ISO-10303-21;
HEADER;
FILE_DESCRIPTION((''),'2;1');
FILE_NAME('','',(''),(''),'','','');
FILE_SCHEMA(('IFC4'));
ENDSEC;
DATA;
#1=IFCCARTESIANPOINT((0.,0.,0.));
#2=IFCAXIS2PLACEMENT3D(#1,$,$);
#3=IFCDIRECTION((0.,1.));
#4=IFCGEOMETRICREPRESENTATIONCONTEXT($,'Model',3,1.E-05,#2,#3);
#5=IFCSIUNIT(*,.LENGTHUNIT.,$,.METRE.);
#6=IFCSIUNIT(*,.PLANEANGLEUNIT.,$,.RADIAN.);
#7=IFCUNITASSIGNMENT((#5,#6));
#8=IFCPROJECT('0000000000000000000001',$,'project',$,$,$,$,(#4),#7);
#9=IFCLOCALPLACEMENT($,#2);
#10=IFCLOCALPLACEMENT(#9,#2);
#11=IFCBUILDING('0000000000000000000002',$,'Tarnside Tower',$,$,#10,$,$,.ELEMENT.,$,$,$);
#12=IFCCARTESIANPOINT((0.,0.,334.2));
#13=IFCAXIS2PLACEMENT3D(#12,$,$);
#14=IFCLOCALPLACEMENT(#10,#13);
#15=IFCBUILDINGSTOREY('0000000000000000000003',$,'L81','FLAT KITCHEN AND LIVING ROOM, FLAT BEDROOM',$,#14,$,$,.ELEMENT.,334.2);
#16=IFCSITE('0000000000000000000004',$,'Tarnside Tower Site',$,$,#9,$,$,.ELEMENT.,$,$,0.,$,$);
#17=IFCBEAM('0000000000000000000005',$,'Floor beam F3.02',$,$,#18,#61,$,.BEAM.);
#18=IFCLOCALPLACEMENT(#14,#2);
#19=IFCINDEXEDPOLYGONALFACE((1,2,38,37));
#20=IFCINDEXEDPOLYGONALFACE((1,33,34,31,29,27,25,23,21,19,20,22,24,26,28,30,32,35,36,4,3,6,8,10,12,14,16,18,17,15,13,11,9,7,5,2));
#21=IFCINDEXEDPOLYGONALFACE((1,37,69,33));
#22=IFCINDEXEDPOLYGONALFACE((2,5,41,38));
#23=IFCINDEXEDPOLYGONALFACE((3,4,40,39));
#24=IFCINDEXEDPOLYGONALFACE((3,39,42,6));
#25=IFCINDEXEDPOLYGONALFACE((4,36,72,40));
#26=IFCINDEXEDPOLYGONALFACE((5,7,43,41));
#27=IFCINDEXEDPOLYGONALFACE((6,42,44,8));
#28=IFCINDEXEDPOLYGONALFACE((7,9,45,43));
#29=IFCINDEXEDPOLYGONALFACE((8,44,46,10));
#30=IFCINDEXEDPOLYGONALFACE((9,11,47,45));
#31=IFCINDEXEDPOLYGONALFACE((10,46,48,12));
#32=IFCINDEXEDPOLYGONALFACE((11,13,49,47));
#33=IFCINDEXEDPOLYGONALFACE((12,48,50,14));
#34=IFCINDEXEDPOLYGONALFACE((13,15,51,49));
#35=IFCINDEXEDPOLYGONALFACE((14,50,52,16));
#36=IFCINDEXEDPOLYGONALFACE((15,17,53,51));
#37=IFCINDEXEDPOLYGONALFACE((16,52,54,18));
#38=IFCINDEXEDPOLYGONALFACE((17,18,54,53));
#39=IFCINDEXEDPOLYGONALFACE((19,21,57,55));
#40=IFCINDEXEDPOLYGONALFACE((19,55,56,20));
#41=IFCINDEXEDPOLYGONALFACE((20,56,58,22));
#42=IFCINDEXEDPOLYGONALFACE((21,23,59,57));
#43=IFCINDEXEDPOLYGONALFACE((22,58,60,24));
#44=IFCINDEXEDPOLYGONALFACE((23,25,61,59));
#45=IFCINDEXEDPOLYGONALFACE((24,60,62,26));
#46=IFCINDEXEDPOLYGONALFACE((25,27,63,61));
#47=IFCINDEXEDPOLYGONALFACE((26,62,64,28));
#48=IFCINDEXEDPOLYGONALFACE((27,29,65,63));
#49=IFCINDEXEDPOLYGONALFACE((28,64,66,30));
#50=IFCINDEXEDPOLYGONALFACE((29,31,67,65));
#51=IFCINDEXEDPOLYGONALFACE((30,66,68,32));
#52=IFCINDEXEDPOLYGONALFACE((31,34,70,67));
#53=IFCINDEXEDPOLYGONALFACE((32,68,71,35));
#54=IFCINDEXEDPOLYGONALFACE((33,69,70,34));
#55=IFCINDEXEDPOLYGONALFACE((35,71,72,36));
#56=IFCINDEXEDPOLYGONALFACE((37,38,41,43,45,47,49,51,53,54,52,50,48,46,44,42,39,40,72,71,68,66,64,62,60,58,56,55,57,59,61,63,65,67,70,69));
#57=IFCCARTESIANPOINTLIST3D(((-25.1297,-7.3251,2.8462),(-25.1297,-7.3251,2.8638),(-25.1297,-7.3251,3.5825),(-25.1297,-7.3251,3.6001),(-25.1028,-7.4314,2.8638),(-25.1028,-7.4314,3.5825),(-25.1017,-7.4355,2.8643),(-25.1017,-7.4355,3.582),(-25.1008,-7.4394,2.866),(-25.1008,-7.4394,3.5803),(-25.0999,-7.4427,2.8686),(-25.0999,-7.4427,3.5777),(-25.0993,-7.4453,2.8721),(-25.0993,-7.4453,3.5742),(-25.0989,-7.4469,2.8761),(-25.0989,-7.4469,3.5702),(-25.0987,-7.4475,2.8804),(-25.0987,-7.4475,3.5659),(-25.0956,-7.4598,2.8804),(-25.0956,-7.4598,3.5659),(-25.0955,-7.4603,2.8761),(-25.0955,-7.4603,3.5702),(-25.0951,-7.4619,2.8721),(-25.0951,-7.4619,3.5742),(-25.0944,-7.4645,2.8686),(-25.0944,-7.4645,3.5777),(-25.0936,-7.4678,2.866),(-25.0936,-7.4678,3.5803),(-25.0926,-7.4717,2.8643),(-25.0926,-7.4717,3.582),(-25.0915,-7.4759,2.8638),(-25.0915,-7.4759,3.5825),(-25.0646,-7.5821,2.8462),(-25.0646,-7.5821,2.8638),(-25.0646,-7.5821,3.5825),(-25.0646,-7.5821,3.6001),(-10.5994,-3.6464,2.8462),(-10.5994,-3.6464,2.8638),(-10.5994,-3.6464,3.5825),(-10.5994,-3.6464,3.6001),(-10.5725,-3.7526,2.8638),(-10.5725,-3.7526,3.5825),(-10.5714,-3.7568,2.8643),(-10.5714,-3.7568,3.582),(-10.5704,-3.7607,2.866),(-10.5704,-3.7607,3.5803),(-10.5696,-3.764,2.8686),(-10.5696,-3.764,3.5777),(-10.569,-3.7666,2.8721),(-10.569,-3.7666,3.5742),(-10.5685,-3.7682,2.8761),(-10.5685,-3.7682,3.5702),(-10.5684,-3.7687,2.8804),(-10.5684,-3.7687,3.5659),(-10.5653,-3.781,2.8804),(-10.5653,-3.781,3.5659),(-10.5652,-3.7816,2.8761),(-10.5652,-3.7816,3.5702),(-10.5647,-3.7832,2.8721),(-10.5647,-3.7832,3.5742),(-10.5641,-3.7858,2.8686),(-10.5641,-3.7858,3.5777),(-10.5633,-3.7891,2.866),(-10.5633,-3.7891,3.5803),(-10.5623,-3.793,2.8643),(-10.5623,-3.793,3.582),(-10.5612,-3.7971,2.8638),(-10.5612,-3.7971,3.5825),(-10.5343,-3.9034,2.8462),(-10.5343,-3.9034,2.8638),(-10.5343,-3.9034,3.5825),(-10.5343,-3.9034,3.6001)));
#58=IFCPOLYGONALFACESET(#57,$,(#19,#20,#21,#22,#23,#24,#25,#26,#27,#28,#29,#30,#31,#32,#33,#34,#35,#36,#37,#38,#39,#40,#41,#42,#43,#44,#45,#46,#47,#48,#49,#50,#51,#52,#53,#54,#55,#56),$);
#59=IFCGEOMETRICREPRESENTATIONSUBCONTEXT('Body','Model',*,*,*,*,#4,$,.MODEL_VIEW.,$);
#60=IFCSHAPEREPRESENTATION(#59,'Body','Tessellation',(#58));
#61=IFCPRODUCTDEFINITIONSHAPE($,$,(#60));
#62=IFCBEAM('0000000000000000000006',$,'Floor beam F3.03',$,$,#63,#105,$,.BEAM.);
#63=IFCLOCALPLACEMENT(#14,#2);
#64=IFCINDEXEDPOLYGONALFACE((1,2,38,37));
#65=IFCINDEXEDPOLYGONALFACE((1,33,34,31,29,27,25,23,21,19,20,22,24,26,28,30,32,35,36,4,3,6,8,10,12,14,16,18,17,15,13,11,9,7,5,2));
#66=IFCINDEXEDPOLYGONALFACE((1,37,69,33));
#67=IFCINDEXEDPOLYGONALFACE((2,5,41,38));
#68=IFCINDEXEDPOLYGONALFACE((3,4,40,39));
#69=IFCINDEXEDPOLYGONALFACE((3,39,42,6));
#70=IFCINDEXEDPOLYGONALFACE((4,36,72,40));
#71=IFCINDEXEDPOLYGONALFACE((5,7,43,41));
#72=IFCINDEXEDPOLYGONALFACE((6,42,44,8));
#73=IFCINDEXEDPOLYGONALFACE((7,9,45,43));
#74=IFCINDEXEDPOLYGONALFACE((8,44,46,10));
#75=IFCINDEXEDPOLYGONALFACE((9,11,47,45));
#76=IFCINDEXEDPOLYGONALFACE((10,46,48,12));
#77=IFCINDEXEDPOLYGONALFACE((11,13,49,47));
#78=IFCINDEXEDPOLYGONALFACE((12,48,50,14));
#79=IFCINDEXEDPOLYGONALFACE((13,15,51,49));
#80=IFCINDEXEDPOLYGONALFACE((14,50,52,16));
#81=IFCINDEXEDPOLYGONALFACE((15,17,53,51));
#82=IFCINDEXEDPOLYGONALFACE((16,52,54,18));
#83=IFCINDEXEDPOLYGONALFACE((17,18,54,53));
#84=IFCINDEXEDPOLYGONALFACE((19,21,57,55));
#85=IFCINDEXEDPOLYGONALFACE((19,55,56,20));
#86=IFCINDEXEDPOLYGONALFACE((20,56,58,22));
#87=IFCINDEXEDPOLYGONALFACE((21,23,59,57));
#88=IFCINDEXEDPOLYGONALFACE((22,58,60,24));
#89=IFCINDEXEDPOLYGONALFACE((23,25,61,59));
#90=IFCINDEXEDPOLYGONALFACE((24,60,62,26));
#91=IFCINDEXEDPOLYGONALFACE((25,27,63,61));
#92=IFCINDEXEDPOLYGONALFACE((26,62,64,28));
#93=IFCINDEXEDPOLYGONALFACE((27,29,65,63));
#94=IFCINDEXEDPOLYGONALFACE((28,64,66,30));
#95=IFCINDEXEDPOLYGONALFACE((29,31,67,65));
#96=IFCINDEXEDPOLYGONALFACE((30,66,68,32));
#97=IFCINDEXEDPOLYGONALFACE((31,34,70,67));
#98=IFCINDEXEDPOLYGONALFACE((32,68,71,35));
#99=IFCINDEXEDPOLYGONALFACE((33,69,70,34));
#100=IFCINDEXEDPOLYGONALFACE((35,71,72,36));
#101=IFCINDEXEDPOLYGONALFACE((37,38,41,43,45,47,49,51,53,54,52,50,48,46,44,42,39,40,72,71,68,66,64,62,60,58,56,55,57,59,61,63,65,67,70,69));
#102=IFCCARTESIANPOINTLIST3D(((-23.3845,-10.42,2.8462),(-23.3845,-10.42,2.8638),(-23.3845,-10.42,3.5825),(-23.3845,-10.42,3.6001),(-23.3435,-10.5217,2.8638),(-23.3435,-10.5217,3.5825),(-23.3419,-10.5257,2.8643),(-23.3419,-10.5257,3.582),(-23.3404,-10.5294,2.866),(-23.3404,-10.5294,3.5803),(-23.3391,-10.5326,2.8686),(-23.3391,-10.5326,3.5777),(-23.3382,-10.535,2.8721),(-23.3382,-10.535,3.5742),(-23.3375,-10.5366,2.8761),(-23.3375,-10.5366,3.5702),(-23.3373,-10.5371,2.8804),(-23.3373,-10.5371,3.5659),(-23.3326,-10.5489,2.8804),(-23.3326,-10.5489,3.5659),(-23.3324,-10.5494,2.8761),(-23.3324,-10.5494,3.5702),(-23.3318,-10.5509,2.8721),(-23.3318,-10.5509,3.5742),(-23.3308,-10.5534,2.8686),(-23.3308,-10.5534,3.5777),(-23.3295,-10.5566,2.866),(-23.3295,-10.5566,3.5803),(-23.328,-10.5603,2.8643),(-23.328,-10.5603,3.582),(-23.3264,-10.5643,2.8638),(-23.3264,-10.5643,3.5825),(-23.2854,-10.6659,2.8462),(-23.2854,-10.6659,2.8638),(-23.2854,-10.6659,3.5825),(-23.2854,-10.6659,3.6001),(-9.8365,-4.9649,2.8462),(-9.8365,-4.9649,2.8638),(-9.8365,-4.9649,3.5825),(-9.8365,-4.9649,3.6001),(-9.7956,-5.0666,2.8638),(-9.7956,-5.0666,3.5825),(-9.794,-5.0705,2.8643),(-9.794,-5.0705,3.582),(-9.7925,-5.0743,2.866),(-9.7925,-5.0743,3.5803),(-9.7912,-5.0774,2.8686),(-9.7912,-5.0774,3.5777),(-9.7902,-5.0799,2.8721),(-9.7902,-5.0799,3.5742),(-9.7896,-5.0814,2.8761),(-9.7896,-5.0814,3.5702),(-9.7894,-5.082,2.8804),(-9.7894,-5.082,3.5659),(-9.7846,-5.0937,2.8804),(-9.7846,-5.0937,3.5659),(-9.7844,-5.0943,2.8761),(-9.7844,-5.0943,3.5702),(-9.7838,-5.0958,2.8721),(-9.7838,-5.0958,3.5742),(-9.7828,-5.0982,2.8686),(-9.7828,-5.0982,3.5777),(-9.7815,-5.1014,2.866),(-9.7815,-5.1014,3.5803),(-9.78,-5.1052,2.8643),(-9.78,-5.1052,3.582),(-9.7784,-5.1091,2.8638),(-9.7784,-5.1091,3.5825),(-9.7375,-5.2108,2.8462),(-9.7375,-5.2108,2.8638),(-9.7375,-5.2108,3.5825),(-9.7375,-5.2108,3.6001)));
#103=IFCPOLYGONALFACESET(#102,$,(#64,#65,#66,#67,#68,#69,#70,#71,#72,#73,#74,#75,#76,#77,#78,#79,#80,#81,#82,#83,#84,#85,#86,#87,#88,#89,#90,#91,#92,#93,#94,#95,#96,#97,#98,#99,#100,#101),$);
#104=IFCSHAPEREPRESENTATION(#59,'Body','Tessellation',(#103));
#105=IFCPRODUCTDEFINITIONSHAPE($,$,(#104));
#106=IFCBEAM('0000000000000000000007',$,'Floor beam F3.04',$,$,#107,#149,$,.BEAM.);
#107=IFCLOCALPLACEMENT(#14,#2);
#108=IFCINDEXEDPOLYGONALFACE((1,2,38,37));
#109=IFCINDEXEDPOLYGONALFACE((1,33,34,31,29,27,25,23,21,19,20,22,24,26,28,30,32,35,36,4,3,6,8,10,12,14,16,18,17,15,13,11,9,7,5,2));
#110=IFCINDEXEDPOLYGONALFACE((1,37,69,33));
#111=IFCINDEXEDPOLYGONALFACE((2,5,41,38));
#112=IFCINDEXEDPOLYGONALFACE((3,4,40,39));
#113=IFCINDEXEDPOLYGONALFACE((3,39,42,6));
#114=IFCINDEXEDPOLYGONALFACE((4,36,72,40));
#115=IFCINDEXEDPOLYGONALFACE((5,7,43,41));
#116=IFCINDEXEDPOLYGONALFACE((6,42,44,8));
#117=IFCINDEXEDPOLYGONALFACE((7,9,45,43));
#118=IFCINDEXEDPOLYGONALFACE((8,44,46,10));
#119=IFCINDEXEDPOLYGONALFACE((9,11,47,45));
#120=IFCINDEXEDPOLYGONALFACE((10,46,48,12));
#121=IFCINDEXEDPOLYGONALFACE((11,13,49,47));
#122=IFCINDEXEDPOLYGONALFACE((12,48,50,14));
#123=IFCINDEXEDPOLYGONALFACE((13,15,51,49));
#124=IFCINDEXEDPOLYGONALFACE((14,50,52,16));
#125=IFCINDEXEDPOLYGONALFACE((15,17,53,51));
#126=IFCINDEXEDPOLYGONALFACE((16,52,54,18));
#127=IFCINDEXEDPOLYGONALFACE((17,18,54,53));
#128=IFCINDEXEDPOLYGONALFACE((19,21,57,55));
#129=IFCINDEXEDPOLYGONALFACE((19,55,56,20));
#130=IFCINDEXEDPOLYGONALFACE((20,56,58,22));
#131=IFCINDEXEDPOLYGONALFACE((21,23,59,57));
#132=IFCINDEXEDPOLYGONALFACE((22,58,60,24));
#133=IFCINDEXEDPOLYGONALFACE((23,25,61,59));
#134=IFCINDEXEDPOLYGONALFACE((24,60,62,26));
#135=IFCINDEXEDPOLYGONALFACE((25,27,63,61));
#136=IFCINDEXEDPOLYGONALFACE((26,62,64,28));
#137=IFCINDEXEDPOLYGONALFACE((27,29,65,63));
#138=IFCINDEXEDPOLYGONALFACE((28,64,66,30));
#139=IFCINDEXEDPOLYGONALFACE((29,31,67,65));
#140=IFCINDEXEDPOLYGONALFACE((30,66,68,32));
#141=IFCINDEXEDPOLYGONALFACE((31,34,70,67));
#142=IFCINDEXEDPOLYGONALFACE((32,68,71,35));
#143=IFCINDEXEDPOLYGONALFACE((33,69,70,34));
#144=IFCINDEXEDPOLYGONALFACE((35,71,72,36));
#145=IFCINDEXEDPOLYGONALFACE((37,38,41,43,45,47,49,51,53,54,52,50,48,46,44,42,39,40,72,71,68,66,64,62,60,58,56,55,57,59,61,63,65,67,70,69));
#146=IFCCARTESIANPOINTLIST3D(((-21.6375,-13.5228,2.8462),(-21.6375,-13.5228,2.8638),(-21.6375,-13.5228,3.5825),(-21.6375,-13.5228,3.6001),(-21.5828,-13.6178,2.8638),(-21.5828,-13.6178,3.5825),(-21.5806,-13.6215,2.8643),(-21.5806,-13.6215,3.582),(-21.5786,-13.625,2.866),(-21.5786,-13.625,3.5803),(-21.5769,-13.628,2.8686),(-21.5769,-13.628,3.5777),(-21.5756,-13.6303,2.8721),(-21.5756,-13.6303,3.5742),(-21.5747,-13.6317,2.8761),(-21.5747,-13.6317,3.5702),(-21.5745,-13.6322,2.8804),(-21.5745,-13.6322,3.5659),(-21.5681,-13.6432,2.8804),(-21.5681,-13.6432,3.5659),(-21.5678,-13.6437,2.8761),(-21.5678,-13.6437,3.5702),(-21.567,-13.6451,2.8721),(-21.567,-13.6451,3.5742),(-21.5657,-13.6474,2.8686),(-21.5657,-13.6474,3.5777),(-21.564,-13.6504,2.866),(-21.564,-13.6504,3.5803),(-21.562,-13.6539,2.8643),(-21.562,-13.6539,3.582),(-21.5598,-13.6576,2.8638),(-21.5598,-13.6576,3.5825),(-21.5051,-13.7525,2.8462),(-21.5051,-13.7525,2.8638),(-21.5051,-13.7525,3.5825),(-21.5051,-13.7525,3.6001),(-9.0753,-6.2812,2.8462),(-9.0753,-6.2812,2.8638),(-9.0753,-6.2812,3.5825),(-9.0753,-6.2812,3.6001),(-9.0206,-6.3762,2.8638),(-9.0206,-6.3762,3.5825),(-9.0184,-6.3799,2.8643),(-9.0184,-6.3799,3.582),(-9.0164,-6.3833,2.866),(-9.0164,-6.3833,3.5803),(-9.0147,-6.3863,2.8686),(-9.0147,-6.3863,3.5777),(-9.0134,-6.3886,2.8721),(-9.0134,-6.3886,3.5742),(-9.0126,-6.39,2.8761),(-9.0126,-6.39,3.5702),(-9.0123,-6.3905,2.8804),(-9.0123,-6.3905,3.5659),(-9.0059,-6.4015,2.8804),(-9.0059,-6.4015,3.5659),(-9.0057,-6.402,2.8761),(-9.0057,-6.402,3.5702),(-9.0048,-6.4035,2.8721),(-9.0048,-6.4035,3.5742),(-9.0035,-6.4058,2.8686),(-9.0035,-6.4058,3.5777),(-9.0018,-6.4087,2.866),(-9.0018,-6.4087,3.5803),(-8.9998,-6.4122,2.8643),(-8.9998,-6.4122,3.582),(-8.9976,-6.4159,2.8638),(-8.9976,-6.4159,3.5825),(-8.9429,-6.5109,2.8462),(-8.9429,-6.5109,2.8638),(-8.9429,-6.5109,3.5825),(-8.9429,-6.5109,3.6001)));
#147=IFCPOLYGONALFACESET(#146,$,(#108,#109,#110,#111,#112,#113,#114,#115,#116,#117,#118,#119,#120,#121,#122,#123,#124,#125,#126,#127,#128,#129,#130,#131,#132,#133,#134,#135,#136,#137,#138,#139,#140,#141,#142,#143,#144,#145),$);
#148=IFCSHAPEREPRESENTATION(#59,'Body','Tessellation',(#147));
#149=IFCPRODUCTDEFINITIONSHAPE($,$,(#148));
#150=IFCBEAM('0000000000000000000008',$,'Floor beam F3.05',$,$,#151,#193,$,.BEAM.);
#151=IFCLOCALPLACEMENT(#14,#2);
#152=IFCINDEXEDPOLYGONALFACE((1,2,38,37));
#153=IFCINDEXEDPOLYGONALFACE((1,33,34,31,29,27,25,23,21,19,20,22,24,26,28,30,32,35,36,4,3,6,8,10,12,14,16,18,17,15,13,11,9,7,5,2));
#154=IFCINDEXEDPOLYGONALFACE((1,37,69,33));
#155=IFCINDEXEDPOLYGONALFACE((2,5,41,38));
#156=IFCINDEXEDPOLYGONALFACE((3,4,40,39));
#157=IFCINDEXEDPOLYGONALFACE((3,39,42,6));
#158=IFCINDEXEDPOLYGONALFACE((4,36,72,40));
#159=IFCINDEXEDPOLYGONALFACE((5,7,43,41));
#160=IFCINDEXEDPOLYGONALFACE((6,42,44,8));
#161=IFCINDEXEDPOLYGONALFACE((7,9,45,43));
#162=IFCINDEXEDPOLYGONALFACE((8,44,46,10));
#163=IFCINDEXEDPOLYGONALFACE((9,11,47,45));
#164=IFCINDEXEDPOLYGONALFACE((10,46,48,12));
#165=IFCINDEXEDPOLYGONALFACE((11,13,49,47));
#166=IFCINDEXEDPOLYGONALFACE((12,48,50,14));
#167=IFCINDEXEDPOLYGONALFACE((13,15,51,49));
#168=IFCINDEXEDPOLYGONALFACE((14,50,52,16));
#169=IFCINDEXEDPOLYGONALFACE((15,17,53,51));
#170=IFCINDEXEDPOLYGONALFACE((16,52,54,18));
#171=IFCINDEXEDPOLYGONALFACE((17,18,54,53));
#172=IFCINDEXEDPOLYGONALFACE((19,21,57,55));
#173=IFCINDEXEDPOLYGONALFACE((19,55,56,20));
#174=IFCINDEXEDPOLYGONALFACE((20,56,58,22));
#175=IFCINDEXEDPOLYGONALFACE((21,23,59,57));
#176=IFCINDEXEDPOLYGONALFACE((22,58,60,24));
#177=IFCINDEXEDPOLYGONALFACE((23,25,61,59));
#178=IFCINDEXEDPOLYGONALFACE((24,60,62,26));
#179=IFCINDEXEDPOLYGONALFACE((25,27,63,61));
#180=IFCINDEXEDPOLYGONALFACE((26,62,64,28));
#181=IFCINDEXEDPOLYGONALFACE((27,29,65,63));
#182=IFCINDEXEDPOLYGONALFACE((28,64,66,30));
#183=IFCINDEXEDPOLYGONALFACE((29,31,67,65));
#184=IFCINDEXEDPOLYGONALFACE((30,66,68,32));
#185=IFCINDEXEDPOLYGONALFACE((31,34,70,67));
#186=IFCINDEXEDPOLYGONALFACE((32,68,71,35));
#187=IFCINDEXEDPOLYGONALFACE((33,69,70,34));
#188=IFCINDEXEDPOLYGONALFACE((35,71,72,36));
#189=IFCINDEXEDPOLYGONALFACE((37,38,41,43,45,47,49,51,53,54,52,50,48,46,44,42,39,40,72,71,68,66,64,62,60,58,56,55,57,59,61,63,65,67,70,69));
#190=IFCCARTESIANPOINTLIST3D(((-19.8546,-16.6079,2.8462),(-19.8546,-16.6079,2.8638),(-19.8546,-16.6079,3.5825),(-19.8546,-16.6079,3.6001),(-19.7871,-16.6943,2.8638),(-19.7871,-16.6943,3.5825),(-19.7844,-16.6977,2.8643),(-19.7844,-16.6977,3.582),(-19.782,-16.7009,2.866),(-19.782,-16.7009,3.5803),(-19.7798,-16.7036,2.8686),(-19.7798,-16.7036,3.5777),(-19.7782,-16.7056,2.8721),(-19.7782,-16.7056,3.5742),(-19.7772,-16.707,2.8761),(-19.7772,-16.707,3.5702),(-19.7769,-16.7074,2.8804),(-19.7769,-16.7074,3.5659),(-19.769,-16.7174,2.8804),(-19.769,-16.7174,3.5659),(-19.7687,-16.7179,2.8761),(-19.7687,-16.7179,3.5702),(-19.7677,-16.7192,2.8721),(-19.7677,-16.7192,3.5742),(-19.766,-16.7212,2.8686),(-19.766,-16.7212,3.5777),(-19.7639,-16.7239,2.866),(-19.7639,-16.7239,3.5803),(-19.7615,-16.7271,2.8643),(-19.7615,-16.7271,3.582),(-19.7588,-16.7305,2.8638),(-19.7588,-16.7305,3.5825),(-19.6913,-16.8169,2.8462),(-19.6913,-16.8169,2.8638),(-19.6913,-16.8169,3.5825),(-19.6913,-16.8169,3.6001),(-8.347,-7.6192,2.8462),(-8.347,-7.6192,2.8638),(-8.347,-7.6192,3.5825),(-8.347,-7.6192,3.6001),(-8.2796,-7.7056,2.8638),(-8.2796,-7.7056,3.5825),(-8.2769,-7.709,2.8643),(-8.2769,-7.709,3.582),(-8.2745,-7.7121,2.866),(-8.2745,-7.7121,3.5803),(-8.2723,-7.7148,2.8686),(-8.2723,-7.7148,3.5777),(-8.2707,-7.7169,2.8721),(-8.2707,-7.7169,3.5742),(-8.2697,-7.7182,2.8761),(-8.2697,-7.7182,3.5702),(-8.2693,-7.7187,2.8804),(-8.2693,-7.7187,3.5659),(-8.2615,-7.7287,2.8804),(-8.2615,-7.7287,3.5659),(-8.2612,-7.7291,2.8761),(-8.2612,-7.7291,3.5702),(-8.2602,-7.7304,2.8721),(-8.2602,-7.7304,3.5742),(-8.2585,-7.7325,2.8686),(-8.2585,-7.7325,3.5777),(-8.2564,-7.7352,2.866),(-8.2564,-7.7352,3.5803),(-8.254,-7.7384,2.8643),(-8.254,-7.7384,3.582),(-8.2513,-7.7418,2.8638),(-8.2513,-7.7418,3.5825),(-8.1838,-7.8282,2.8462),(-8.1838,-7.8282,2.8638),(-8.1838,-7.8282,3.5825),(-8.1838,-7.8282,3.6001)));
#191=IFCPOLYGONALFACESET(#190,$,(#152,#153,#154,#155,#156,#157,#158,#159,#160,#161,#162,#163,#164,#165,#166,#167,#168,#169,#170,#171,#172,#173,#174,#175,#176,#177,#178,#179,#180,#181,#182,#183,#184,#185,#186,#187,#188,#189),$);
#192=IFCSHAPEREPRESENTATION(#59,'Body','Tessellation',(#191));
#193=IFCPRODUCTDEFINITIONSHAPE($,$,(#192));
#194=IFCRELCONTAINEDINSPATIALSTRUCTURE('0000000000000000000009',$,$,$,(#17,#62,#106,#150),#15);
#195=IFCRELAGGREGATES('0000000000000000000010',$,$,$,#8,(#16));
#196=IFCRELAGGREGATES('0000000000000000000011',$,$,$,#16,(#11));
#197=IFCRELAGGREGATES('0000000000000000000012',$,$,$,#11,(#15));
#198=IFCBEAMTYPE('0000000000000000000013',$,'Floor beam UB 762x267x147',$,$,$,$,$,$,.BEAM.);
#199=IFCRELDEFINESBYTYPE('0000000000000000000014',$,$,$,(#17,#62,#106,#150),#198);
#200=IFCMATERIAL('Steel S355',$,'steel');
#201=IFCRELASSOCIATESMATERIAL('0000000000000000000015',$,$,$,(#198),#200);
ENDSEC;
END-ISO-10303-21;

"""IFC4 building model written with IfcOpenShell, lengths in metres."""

from ifc_helpers import new_model, si_unit, direction, frame, origin, origin_2d, place, context, subcontext, project, spatial, i_section, extrude, material, material_profile, profile_set, type_object, element, save


model = new_model("IFC4")

# Units and contexts
model_context = context("Model", 3, precision=1e-05, world=origin(), true_north=direction((0.0, 1.0)))
body_context = subcontext(model_context, "Body", "Model", "MODEL_VIEW")
ifc_project = project(units=[si_unit("LENGTHUNIT", "METRE"), si_unit("PLANEANGLEUNIT", "RADIAN")], contexts=[model_context])

# Site, building, storey
site_placement = place(None, origin())
site = spatial("IfcSite", under=ifc_project, at=site_placement, Name="Tarnside Tower Site", CompositionType="ELEMENT", RefElevation=0.0)
building_placement = place(site_placement, origin())
building = spatial("IfcBuilding", under=site, at=building_placement, Name="Tarnside Tower", CompositionType="ELEMENT")
storey_placement = place(building_placement, frame((0.0, 0.0, 334.2)))
storey = spatial("IfcBuildingStorey", under=building, at=storey_placement, Name="L81", Description="FLAT KITCHEN AND LIVING ROOM, FLAT BEDROOM", CompositionType="ELEMENT", Elevation=334.2)

# Beams
ifc_material_1 = material(Name="Steel S355", Category="steel")
ifc_material_profile_1 = material_profile(ifc_material_1, i_section(OverallWidth=0.2651, OverallDepth=0.7539, WebThickness=0.0127, FlangeThickness=0.0176, FilletRadius=0.0166, at=origin_2d()), Name="UB 762x267x147")
ifc_profile_set_1 = profile_set([ifc_material_profile_1], Name="Steel S355")
beam_type_1 = type_object("IfcBeamType", Name="Floor beam UB 762x267x147", PredefinedType="BEAM", material=ifc_profile_set_1)
beam_1_placement = place(storey_placement, frame((-25.0972, -7.4536, 3.2231), z_axis=(0.969414, 0.245432, 0.0), x_axis=(-0.245432, 0.969414, 0.0)))
element("IfcBeam", 1, at=beam_1_placement, inside=storey, type_object=beam_type_1, Name="Floor beam F3.02", PredefinedType="BEAM", context=body_context, shape_type="SweptSolid", body=[
    extrude(i_section(OverallWidth=0.2651, OverallDepth=0.7539, WebThickness=0.0127, FlangeThickness=0.0176, FilletRadius=0.0166, at=origin_2d()), origin(), (0.0, 0.0, 1.0), 14.9888),
])
beam_2_placement = place(storey_placement, frame((-23.335, -10.543, 3.2231), z_axis=(0.927626, 0.373511, 0.0), x_axis=(-0.373511, 0.927626, 0.0)))
element("IfcBeam", 2, at=beam_2_placement, inside=storey, type_object=beam_type_1, Name="Floor beam F3.03", PredefinedType="BEAM", context=body_context, shape_type="SweptSolid", body=[
    extrude(i_section(OverallWidth=0.2651, OverallDepth=0.7539, WebThickness=0.0127, FlangeThickness=0.0176, FilletRadius=0.0166, at=origin_2d()), origin(), (0.0, 0.0, 1.0), 14.605),
])
beam_3_placement = place(storey_placement, frame((-21.5713, -13.6377, 3.2231), z_axis=(0.866357, 0.499425, 0.0), x_axis=(-0.499425, 0.866357, 0.0)))
element("IfcBeam", 3, at=beam_3_placement, inside=storey, type_object=beam_type_1, Name="Floor beam F3.04", PredefinedType="BEAM", context=body_context, shape_type="SweptSolid", body=[
    extrude(i_section(OverallWidth=0.2651, OverallDepth=0.7539, WebThickness=0.0127, FlangeThickness=0.0176, FilletRadius=0.0166, at=origin_2d()), origin(), (0.0, 0.0, 1.0), 14.5),
])
beam_4_placement = place(storey_placement, frame((-19.7729, -16.7124, 3.2231), z_axis=(0.788075, 0.615579, 0.0), x_axis=(-0.615579, 0.788075, 0.0)))
element("IfcBeam", 4, at=beam_4_placement, inside=storey, type_object=beam_type_1, Name="Floor beam F3.05", PredefinedType="BEAM", context=body_context, shape_type="SweptSolid", body=[
    extrude(i_section(OverallWidth=0.2651, OverallDepth=0.7539, WebThickness=0.0127, FlangeThickness=0.0176, FilletRadius=0.0166, at=origin_2d()), origin(), (0.0, 0.0, 1.0), 14.6021),
])

save(model, "model.ifc")
